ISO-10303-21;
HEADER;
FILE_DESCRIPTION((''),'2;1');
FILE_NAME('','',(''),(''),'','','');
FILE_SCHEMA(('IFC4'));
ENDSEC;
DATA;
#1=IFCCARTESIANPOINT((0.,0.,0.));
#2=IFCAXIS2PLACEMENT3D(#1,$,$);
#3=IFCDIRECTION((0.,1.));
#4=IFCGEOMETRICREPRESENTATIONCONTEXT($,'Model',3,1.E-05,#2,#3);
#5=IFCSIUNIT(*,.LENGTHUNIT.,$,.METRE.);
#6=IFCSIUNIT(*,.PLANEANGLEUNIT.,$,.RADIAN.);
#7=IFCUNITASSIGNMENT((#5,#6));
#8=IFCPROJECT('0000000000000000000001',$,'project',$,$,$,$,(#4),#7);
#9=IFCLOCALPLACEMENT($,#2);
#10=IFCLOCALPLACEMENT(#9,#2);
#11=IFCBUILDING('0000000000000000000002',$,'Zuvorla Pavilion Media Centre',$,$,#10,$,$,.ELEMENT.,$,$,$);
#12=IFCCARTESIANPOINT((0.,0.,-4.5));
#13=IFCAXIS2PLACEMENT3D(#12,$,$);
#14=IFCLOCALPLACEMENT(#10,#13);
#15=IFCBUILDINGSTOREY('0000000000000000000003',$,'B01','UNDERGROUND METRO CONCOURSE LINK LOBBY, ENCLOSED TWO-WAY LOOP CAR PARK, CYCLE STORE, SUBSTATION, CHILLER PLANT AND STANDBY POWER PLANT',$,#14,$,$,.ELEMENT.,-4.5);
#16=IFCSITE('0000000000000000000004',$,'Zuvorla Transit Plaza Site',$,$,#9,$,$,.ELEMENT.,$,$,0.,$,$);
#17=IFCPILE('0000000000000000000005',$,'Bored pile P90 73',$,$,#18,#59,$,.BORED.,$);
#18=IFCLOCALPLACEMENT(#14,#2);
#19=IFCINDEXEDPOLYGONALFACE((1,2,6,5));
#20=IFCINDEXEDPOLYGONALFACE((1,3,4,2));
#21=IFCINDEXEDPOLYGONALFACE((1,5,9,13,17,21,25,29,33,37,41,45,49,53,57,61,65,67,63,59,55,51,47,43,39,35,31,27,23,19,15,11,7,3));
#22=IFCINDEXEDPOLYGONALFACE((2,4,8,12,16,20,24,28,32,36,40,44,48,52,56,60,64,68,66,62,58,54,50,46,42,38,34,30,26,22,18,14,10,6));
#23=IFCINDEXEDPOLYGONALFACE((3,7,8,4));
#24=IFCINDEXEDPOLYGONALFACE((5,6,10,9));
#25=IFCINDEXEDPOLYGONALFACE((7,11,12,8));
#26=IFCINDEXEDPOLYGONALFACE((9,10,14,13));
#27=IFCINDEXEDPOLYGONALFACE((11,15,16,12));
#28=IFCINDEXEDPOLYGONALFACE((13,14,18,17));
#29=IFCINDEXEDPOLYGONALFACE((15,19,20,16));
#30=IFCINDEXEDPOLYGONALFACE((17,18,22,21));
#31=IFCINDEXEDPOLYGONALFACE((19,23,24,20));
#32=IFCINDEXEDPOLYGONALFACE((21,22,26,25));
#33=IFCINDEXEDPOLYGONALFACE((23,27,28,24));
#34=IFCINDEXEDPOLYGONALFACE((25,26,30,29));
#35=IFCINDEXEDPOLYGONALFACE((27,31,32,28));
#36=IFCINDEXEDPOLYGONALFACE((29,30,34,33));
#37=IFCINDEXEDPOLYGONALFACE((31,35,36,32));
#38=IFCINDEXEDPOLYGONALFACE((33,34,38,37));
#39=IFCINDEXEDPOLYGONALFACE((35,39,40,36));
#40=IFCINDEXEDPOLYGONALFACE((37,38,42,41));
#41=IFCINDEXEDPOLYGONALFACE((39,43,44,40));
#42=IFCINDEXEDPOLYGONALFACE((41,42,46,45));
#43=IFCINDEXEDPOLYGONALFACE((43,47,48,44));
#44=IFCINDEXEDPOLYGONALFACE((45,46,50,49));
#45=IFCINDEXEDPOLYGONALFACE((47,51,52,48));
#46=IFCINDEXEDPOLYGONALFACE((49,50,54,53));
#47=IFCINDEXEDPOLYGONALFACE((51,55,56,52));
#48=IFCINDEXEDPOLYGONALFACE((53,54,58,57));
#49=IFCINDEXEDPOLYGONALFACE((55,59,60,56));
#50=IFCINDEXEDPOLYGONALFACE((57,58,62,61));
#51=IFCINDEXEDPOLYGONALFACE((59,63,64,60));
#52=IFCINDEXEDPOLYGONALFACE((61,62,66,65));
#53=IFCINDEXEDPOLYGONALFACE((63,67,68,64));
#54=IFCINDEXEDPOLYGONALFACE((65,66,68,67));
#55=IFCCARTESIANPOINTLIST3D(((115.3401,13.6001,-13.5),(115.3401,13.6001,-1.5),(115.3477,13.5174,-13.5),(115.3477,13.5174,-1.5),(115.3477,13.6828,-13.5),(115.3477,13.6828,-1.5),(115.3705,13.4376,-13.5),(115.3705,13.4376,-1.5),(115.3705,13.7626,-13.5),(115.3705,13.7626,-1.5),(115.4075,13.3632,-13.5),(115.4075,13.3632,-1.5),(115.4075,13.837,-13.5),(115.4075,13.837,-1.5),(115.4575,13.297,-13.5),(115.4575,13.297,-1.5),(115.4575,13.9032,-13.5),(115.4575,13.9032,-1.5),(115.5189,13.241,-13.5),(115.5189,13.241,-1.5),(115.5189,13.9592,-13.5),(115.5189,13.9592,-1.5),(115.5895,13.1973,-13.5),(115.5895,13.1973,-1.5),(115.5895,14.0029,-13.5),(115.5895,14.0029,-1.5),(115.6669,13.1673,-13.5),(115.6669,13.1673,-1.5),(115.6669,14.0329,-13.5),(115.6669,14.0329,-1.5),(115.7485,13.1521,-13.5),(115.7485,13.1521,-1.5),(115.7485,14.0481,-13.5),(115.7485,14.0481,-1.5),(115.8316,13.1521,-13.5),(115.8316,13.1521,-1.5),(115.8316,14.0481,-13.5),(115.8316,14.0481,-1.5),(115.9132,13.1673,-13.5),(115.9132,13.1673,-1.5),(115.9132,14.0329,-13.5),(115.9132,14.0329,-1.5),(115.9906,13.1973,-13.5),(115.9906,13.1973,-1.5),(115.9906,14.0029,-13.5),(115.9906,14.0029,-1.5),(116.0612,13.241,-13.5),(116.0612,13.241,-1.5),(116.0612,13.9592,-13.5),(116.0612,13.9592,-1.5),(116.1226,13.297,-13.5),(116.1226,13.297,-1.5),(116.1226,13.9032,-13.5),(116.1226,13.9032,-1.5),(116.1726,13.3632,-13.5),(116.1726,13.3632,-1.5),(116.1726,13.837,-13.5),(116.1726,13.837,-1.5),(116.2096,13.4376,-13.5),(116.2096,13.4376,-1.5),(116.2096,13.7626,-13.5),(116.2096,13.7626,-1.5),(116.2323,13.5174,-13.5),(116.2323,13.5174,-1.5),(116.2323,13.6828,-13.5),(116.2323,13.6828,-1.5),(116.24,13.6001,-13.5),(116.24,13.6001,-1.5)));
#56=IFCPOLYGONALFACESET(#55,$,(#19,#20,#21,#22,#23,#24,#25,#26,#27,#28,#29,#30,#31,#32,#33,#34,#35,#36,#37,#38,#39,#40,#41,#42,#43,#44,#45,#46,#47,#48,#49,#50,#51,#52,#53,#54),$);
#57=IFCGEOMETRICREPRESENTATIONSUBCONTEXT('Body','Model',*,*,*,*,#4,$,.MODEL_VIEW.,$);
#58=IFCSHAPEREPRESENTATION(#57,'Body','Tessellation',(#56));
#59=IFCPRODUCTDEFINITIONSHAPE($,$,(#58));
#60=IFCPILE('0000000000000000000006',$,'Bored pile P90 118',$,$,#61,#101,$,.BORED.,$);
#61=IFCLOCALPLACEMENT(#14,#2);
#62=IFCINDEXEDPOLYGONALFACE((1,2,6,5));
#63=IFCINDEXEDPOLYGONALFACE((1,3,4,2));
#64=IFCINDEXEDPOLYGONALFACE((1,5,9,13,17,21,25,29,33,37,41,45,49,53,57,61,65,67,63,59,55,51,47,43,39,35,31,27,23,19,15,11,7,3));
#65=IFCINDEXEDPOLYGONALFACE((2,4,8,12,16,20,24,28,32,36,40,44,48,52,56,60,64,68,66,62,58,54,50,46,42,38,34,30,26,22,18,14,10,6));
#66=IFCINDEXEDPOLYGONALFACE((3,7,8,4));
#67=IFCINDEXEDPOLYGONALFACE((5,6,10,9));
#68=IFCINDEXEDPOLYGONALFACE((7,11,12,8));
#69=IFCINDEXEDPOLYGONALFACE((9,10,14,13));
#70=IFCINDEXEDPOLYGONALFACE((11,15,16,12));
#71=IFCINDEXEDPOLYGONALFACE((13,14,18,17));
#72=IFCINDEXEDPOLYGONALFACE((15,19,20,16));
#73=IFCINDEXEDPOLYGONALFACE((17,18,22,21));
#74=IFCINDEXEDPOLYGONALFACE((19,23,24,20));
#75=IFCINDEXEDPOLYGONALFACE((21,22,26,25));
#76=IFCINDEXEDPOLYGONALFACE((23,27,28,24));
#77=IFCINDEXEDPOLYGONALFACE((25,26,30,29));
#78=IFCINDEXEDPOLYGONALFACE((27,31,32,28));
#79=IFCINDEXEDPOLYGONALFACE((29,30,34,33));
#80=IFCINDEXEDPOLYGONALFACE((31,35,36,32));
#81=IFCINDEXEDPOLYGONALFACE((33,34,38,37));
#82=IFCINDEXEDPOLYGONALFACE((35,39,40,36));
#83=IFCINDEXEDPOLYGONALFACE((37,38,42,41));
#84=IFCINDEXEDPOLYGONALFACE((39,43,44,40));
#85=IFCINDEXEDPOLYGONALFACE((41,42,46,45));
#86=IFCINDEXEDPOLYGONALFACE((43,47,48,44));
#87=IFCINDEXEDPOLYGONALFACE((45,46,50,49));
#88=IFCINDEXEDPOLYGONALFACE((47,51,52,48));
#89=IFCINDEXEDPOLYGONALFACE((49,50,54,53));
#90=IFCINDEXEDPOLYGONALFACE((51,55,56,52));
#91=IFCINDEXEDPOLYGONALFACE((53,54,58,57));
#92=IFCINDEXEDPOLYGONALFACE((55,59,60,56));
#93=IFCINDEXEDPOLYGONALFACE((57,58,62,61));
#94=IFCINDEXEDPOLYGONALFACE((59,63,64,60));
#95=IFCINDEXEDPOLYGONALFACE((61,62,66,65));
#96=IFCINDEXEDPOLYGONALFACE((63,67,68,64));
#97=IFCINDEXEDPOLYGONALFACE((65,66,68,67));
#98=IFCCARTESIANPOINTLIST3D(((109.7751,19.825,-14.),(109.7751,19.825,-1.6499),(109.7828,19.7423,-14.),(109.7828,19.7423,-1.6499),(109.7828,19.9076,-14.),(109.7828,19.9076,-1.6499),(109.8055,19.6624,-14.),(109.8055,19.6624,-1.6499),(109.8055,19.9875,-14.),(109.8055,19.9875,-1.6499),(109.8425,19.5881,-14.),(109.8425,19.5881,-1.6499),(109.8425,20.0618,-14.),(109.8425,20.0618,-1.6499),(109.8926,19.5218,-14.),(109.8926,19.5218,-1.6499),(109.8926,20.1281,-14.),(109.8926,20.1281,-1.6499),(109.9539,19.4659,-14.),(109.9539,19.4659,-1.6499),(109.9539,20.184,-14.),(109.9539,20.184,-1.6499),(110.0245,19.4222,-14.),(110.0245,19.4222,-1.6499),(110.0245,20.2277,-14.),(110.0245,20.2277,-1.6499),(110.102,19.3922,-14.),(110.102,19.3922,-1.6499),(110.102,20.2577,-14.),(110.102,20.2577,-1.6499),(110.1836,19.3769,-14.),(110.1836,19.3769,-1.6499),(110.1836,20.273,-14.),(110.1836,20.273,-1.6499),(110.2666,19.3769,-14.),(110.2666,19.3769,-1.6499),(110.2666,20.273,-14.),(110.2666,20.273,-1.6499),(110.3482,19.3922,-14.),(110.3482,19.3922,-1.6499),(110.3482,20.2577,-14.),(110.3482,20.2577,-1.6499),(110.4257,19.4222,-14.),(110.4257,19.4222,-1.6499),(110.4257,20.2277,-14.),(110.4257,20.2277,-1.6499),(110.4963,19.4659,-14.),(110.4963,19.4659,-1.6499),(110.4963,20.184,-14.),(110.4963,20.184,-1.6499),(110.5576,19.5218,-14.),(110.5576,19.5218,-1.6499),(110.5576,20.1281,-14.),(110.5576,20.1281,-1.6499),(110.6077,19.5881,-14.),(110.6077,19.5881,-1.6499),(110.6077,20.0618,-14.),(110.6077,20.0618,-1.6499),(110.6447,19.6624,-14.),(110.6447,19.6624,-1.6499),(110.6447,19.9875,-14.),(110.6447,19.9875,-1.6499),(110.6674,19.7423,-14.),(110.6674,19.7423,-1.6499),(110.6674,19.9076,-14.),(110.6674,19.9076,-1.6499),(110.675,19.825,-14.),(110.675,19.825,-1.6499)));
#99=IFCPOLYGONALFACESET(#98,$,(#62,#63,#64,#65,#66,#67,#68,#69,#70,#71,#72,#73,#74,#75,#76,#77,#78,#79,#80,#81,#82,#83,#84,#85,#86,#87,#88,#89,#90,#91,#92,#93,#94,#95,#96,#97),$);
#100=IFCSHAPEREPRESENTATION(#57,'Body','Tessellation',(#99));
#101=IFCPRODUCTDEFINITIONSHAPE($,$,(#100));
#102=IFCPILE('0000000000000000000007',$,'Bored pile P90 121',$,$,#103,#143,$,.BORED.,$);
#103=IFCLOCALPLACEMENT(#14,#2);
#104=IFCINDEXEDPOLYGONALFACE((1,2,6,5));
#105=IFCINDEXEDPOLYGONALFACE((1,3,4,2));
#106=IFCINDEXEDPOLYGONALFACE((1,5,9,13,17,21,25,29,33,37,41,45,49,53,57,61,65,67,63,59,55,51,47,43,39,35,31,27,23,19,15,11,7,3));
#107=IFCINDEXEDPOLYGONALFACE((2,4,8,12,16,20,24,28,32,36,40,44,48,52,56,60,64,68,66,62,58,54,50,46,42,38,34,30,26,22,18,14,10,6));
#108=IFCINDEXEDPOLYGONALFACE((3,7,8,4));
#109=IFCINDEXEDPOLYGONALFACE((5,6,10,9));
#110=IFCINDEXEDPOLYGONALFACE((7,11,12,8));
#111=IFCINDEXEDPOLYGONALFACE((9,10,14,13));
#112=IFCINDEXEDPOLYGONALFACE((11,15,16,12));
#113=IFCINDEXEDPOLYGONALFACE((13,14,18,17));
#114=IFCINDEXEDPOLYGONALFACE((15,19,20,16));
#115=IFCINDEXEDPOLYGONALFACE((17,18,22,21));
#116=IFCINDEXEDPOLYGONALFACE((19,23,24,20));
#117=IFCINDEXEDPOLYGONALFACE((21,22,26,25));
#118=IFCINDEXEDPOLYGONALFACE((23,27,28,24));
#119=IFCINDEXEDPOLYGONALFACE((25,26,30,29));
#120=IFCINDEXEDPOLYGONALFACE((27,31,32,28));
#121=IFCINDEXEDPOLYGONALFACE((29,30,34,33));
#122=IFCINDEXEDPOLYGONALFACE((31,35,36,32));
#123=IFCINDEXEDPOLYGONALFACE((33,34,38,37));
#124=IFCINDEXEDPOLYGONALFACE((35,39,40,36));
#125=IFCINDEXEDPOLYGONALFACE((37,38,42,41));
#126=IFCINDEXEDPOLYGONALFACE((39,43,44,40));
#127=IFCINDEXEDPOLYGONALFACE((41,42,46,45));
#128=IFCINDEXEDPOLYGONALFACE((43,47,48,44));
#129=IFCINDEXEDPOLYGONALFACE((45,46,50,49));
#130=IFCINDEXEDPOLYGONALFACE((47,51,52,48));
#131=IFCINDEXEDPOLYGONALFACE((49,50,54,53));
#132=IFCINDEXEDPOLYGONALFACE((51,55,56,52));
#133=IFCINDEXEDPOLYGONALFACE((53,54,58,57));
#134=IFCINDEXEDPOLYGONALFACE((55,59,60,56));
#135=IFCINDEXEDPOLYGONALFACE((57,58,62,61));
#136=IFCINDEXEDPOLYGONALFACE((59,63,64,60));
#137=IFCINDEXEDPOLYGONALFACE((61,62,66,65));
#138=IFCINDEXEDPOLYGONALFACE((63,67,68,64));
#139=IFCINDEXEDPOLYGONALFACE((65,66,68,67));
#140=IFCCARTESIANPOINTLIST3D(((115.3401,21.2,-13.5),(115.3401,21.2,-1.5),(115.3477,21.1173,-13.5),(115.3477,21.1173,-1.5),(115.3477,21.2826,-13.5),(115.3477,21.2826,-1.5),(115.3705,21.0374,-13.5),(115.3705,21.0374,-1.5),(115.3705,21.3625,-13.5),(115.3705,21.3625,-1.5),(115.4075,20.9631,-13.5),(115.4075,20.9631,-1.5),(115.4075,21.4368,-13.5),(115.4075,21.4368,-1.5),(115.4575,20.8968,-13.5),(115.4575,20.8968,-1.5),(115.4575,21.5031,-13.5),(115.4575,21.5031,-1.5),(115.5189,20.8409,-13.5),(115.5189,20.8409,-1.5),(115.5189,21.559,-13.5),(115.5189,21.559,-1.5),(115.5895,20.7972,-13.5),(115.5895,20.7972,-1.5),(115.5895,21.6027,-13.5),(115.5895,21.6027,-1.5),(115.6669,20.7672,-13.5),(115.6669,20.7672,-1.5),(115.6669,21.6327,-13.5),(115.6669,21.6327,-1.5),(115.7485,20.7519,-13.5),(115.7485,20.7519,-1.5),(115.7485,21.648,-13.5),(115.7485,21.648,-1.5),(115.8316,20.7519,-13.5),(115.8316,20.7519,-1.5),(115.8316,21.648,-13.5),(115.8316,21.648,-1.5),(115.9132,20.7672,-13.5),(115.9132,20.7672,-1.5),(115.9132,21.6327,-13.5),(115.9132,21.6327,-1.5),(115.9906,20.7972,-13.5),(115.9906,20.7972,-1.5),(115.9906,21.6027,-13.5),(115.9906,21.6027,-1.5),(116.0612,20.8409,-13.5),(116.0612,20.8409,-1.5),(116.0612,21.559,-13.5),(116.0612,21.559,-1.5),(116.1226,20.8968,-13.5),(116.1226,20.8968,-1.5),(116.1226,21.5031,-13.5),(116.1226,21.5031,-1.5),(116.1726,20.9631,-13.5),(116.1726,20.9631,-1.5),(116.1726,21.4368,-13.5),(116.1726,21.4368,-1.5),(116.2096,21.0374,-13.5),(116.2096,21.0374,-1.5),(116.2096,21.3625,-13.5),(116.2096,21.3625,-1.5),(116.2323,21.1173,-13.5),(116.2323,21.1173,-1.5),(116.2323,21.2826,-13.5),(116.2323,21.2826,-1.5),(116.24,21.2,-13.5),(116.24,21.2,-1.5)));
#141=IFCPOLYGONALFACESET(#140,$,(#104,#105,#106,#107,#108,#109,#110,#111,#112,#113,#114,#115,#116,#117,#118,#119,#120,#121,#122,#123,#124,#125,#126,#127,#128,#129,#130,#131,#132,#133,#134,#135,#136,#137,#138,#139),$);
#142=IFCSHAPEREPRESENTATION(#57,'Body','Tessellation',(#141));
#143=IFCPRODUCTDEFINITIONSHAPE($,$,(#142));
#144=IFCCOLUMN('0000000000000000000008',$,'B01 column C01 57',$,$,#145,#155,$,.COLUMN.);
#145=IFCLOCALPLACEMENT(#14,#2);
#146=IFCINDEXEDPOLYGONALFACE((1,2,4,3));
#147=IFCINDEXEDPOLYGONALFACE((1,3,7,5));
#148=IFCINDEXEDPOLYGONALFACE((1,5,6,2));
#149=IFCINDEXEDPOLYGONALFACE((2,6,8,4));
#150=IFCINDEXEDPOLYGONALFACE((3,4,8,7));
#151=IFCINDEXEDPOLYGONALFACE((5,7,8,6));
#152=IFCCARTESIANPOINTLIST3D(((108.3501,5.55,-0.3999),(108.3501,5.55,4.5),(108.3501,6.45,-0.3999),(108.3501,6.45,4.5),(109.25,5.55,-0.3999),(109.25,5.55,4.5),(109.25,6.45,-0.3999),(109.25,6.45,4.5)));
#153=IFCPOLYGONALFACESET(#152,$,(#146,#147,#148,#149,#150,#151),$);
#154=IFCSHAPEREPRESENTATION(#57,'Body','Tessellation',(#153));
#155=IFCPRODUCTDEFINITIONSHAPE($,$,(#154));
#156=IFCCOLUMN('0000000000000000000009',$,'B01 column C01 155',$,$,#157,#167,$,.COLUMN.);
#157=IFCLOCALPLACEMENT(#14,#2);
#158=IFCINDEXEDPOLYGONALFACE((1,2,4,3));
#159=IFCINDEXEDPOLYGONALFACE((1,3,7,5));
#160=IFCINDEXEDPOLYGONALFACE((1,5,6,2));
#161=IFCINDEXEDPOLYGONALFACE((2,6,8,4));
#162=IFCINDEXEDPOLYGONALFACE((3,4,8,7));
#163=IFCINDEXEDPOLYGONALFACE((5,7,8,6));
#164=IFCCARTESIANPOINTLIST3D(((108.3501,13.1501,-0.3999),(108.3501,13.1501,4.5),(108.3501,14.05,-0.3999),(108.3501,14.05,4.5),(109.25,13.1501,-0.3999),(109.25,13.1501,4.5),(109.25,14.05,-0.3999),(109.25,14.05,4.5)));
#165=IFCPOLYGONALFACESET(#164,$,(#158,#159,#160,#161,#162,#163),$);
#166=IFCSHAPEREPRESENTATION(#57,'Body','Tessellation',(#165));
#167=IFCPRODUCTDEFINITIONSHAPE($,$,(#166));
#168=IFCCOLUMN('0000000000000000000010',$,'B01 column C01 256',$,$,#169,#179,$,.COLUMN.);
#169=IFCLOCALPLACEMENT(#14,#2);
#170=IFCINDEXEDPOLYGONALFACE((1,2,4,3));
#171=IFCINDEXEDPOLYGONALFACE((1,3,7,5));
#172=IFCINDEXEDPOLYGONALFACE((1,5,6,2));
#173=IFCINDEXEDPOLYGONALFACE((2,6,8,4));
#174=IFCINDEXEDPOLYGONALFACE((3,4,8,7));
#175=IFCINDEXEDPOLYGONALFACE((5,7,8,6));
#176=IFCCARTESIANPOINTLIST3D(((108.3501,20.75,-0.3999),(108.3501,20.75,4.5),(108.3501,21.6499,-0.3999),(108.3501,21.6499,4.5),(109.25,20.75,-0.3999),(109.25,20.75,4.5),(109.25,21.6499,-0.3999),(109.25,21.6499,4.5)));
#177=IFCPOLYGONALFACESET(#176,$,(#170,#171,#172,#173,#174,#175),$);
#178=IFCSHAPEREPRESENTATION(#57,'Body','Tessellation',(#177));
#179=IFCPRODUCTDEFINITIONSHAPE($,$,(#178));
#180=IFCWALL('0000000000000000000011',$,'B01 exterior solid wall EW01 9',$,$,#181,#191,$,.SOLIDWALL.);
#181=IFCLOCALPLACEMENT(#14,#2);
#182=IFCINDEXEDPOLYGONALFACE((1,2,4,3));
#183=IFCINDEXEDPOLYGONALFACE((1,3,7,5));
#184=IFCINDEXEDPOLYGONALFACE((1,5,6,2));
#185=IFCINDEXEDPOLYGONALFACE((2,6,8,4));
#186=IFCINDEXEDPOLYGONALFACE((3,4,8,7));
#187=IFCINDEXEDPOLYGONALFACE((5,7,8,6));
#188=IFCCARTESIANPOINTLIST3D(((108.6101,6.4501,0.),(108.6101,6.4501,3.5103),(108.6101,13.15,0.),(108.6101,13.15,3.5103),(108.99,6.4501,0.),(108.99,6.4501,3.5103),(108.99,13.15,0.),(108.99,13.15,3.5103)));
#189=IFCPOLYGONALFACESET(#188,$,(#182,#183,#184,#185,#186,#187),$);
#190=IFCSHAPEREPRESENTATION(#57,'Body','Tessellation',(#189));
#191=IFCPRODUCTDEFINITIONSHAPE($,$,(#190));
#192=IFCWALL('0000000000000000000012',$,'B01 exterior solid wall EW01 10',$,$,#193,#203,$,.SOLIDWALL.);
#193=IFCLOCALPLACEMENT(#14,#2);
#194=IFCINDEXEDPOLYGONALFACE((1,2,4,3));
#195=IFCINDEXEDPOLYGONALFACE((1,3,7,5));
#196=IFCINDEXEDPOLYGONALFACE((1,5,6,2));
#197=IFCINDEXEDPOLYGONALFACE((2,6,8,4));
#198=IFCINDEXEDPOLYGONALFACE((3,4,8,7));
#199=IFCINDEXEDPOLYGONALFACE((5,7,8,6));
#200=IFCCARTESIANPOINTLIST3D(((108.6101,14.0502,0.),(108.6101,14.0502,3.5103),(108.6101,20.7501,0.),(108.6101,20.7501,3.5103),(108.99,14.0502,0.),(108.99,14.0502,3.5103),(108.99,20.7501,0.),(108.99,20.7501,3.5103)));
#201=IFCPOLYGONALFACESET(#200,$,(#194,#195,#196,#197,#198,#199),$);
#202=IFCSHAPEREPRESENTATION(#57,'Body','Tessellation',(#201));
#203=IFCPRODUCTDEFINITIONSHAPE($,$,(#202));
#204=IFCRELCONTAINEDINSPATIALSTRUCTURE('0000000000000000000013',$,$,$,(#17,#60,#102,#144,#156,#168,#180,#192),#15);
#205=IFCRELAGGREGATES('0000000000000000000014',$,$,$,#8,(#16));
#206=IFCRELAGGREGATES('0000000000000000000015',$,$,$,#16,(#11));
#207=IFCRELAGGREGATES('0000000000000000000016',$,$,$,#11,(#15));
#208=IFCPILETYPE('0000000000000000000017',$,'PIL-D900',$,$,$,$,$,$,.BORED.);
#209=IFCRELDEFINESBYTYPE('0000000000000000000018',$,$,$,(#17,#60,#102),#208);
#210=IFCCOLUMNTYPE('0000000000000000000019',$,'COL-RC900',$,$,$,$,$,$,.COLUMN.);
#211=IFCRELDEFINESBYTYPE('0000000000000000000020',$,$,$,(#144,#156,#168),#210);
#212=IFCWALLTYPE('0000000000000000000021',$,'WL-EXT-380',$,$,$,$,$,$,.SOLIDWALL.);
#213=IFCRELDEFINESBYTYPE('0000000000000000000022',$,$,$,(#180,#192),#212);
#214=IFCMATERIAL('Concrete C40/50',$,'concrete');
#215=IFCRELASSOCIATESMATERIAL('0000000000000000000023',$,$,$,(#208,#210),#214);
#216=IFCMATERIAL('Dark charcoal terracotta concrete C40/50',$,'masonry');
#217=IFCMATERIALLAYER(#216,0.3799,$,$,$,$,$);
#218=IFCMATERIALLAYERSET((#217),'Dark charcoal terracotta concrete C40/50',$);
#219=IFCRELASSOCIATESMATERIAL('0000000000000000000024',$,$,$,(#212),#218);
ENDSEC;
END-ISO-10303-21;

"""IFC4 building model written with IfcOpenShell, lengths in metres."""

from ifc_helpers import new_model, si_unit, direction, frame, frame_2d, origin, origin_2d, place, context, subcontext, project, spatial, rectangle, circle, extrude, material, layer, layer_set, material_profile, profile_set, type_object, element, save


model = new_model("IFC4")

# Units and contexts
model_context = context("Model", 3, precision=1e-05, world=origin(), true_north=direction((0.0, 1.0)))
body_context = subcontext(model_context, "Body", "Model", "MODEL_VIEW")
ifc_project = project(units=[si_unit("LENGTHUNIT", "METRE"), si_unit("PLANEANGLEUNIT", "RADIAN")], contexts=[model_context])

# Site, building, storey
site_placement = place(None, origin())
site = spatial("IfcSite", under=ifc_project, at=site_placement, Name="Zuvorla Transit Plaza Site", CompositionType="ELEMENT", RefElevation=0.0)
building_placement = place(site_placement, origin())
building = spatial("IfcBuilding", under=site, at=building_placement, Name="Zuvorla Pavilion Media Centre", CompositionType="ELEMENT")
storey_placement = place(building_placement, frame((0.0, 0.0, -4.5)))
storey = spatial("IfcBuildingStorey", under=building, at=storey_placement, Name="B01", Description="UNDERGROUND METRO CONCOURSE LINK LOBBY, ENCLOSED TWO-WAY LOOP CAR PARK, CYCLE STORE, SUBSTATION, CHILLER PLANT AND STANDBY POWER PLANT", CompositionType="ELEMENT", Elevation=-4.5)

# Shared definitions
ifc_material_1 = material(Name="Concrete C40/50", Category="concrete")

# Piles
ifc_material_profile_1 = material_profile(ifc_material_1, circle(Radius=0.45, at=origin_2d()), Name="BORED PILE 900")
ifc_profile_set_1 = profile_set([ifc_material_profile_1], Name="Concrete C40/50")
pile_type = type_object("IfcPileType", Name="PIL-D900", PredefinedType="BORED", material=ifc_profile_set_1)
pile_1_placement = place(storey_placement, frame((115.79, 13.6001, -1.5), z_axis=(0.0, 0.0, -1.0), x_axis=(1.0, 0.0, 0.0)))
element("IfcPile", 1, at=pile_1_placement, inside=storey, type_object=pile_type, Name="Bored pile P90 73", PredefinedType="BORED", context=body_context, shape_type="SweptSolid", body=[
    extrude(circle(Radius=0.45, at=origin_2d()), origin(), (0.0, 0.0, 1.0), 12.0),
])
pile_2_placement = place(storey_placement, frame((110.2251, 19.825, -1.6499), z_axis=(0.0, 0.0, -1.0), x_axis=(1.0, 0.0, 0.0)))
element("IfcPile", 2, at=pile_2_placement, inside=storey, type_object=pile_type, Name="Bored pile P90 118", PredefinedType="BORED", context=body_context, shape_type="SweptSolid", body=[
    extrude(circle(Radius=0.45, at=origin_2d()), origin(), (0.0, 0.0, 1.0), 12.3501),
])
pile_3_placement = place(storey_placement, frame((115.79, 21.2, -1.5), z_axis=(0.0, 0.0, -1.0), x_axis=(1.0, 0.0, 0.0)))
element("IfcPile", 3, at=pile_3_placement, inside=storey, type_object=pile_type, Name="Bored pile P90 121", PredefinedType="BORED", context=body_context, shape_type="SweptSolid", body=[
    extrude(circle(Radius=0.45, at=origin_2d()), origin(), (0.0, 0.0, 1.0), 12.0),
])

# Columns
ifc_material_profile_2 = material_profile(ifc_material_1, rectangle(XDim=0.8999, YDim=0.8999, at=origin_2d()), Name="RC 900x900")
ifc_profile_set_2 = profile_set([ifc_material_profile_2], Name="Concrete C40/50")
column_type = type_object("IfcColumnType", Name="COL-RC900", PredefinedType="COLUMN", material=ifc_profile_set_2)
for number, where, z_axis, x_axis, name in (
    (4, (108.8, 6.0, -0.3999), (0.0, 0.0, 1.0), (1.0, 0.0, 0.0), "B01 column C01 57"),
    (5, (108.8, 13.6001, -0.3999), (0.0, 0.0, 1.0), (1.0, 0.0, 0.0), "B01 column C01 155"),
    (6, (108.8, 21.2, -0.3999), (0.0, 0.0, 1.0), (1.0, 0.0, 0.0), "B01 column C01 256"),
):
    element("IfcColumn", number, at=place(storey_placement, frame(where, z_axis=z_axis, x_axis=x_axis)), inside=storey, type_object=column_type, Name=name, PredefinedType="COLUMN", context=body_context, shape_type="SweptSolid", body=[
        extrude(rectangle(XDim=0.8999, YDim=0.8999, at=origin_2d()), origin(), (0.0, 0.0, 1.0), 4.8999),
    ])

# Walls
ifc_material_2 = material(Name="Dark charcoal terracotta concrete C40/50", Category="masonry")
ifc_layer = layer(ifc_material_2, 0.3799)
ifc_layer_set = layer_set([ifc_layer], Name="Dark charcoal terracotta concrete C40/50")
wall_type = type_object("IfcWallType", Name="WL-EXT-380", PredefinedType="SOLIDWALL", material=ifc_layer_set)
for number, where, z_axis, x_axis, name in (
    (7, (108.8, 6.45, 0.0), (0.0, 0.0, 1.0), (0.0, 1.0, 0.0), "B01 exterior solid wall EW01 9"),
    (8, (108.8, 14.05, 0.0), (0.0, 0.0, 1.0), (0.0, 1.0, 0.0), "B01 exterior solid wall EW01 10"),
):
    element("IfcWall", number, at=place(storey_placement, frame(where, z_axis=z_axis, x_axis=x_axis)), inside=storey, type_object=wall_type, Name=name, PredefinedType="SOLIDWALL", context=body_context, shape_type="SweptSolid", body=[
        extrude(rectangle(XDim=6.7, YDim=0.3799, at=frame_2d((3.3501, 0.0))), origin(), (0.0, 0.0, 1.0), 3.5103),
    ])

save(model, "model.ifc")
